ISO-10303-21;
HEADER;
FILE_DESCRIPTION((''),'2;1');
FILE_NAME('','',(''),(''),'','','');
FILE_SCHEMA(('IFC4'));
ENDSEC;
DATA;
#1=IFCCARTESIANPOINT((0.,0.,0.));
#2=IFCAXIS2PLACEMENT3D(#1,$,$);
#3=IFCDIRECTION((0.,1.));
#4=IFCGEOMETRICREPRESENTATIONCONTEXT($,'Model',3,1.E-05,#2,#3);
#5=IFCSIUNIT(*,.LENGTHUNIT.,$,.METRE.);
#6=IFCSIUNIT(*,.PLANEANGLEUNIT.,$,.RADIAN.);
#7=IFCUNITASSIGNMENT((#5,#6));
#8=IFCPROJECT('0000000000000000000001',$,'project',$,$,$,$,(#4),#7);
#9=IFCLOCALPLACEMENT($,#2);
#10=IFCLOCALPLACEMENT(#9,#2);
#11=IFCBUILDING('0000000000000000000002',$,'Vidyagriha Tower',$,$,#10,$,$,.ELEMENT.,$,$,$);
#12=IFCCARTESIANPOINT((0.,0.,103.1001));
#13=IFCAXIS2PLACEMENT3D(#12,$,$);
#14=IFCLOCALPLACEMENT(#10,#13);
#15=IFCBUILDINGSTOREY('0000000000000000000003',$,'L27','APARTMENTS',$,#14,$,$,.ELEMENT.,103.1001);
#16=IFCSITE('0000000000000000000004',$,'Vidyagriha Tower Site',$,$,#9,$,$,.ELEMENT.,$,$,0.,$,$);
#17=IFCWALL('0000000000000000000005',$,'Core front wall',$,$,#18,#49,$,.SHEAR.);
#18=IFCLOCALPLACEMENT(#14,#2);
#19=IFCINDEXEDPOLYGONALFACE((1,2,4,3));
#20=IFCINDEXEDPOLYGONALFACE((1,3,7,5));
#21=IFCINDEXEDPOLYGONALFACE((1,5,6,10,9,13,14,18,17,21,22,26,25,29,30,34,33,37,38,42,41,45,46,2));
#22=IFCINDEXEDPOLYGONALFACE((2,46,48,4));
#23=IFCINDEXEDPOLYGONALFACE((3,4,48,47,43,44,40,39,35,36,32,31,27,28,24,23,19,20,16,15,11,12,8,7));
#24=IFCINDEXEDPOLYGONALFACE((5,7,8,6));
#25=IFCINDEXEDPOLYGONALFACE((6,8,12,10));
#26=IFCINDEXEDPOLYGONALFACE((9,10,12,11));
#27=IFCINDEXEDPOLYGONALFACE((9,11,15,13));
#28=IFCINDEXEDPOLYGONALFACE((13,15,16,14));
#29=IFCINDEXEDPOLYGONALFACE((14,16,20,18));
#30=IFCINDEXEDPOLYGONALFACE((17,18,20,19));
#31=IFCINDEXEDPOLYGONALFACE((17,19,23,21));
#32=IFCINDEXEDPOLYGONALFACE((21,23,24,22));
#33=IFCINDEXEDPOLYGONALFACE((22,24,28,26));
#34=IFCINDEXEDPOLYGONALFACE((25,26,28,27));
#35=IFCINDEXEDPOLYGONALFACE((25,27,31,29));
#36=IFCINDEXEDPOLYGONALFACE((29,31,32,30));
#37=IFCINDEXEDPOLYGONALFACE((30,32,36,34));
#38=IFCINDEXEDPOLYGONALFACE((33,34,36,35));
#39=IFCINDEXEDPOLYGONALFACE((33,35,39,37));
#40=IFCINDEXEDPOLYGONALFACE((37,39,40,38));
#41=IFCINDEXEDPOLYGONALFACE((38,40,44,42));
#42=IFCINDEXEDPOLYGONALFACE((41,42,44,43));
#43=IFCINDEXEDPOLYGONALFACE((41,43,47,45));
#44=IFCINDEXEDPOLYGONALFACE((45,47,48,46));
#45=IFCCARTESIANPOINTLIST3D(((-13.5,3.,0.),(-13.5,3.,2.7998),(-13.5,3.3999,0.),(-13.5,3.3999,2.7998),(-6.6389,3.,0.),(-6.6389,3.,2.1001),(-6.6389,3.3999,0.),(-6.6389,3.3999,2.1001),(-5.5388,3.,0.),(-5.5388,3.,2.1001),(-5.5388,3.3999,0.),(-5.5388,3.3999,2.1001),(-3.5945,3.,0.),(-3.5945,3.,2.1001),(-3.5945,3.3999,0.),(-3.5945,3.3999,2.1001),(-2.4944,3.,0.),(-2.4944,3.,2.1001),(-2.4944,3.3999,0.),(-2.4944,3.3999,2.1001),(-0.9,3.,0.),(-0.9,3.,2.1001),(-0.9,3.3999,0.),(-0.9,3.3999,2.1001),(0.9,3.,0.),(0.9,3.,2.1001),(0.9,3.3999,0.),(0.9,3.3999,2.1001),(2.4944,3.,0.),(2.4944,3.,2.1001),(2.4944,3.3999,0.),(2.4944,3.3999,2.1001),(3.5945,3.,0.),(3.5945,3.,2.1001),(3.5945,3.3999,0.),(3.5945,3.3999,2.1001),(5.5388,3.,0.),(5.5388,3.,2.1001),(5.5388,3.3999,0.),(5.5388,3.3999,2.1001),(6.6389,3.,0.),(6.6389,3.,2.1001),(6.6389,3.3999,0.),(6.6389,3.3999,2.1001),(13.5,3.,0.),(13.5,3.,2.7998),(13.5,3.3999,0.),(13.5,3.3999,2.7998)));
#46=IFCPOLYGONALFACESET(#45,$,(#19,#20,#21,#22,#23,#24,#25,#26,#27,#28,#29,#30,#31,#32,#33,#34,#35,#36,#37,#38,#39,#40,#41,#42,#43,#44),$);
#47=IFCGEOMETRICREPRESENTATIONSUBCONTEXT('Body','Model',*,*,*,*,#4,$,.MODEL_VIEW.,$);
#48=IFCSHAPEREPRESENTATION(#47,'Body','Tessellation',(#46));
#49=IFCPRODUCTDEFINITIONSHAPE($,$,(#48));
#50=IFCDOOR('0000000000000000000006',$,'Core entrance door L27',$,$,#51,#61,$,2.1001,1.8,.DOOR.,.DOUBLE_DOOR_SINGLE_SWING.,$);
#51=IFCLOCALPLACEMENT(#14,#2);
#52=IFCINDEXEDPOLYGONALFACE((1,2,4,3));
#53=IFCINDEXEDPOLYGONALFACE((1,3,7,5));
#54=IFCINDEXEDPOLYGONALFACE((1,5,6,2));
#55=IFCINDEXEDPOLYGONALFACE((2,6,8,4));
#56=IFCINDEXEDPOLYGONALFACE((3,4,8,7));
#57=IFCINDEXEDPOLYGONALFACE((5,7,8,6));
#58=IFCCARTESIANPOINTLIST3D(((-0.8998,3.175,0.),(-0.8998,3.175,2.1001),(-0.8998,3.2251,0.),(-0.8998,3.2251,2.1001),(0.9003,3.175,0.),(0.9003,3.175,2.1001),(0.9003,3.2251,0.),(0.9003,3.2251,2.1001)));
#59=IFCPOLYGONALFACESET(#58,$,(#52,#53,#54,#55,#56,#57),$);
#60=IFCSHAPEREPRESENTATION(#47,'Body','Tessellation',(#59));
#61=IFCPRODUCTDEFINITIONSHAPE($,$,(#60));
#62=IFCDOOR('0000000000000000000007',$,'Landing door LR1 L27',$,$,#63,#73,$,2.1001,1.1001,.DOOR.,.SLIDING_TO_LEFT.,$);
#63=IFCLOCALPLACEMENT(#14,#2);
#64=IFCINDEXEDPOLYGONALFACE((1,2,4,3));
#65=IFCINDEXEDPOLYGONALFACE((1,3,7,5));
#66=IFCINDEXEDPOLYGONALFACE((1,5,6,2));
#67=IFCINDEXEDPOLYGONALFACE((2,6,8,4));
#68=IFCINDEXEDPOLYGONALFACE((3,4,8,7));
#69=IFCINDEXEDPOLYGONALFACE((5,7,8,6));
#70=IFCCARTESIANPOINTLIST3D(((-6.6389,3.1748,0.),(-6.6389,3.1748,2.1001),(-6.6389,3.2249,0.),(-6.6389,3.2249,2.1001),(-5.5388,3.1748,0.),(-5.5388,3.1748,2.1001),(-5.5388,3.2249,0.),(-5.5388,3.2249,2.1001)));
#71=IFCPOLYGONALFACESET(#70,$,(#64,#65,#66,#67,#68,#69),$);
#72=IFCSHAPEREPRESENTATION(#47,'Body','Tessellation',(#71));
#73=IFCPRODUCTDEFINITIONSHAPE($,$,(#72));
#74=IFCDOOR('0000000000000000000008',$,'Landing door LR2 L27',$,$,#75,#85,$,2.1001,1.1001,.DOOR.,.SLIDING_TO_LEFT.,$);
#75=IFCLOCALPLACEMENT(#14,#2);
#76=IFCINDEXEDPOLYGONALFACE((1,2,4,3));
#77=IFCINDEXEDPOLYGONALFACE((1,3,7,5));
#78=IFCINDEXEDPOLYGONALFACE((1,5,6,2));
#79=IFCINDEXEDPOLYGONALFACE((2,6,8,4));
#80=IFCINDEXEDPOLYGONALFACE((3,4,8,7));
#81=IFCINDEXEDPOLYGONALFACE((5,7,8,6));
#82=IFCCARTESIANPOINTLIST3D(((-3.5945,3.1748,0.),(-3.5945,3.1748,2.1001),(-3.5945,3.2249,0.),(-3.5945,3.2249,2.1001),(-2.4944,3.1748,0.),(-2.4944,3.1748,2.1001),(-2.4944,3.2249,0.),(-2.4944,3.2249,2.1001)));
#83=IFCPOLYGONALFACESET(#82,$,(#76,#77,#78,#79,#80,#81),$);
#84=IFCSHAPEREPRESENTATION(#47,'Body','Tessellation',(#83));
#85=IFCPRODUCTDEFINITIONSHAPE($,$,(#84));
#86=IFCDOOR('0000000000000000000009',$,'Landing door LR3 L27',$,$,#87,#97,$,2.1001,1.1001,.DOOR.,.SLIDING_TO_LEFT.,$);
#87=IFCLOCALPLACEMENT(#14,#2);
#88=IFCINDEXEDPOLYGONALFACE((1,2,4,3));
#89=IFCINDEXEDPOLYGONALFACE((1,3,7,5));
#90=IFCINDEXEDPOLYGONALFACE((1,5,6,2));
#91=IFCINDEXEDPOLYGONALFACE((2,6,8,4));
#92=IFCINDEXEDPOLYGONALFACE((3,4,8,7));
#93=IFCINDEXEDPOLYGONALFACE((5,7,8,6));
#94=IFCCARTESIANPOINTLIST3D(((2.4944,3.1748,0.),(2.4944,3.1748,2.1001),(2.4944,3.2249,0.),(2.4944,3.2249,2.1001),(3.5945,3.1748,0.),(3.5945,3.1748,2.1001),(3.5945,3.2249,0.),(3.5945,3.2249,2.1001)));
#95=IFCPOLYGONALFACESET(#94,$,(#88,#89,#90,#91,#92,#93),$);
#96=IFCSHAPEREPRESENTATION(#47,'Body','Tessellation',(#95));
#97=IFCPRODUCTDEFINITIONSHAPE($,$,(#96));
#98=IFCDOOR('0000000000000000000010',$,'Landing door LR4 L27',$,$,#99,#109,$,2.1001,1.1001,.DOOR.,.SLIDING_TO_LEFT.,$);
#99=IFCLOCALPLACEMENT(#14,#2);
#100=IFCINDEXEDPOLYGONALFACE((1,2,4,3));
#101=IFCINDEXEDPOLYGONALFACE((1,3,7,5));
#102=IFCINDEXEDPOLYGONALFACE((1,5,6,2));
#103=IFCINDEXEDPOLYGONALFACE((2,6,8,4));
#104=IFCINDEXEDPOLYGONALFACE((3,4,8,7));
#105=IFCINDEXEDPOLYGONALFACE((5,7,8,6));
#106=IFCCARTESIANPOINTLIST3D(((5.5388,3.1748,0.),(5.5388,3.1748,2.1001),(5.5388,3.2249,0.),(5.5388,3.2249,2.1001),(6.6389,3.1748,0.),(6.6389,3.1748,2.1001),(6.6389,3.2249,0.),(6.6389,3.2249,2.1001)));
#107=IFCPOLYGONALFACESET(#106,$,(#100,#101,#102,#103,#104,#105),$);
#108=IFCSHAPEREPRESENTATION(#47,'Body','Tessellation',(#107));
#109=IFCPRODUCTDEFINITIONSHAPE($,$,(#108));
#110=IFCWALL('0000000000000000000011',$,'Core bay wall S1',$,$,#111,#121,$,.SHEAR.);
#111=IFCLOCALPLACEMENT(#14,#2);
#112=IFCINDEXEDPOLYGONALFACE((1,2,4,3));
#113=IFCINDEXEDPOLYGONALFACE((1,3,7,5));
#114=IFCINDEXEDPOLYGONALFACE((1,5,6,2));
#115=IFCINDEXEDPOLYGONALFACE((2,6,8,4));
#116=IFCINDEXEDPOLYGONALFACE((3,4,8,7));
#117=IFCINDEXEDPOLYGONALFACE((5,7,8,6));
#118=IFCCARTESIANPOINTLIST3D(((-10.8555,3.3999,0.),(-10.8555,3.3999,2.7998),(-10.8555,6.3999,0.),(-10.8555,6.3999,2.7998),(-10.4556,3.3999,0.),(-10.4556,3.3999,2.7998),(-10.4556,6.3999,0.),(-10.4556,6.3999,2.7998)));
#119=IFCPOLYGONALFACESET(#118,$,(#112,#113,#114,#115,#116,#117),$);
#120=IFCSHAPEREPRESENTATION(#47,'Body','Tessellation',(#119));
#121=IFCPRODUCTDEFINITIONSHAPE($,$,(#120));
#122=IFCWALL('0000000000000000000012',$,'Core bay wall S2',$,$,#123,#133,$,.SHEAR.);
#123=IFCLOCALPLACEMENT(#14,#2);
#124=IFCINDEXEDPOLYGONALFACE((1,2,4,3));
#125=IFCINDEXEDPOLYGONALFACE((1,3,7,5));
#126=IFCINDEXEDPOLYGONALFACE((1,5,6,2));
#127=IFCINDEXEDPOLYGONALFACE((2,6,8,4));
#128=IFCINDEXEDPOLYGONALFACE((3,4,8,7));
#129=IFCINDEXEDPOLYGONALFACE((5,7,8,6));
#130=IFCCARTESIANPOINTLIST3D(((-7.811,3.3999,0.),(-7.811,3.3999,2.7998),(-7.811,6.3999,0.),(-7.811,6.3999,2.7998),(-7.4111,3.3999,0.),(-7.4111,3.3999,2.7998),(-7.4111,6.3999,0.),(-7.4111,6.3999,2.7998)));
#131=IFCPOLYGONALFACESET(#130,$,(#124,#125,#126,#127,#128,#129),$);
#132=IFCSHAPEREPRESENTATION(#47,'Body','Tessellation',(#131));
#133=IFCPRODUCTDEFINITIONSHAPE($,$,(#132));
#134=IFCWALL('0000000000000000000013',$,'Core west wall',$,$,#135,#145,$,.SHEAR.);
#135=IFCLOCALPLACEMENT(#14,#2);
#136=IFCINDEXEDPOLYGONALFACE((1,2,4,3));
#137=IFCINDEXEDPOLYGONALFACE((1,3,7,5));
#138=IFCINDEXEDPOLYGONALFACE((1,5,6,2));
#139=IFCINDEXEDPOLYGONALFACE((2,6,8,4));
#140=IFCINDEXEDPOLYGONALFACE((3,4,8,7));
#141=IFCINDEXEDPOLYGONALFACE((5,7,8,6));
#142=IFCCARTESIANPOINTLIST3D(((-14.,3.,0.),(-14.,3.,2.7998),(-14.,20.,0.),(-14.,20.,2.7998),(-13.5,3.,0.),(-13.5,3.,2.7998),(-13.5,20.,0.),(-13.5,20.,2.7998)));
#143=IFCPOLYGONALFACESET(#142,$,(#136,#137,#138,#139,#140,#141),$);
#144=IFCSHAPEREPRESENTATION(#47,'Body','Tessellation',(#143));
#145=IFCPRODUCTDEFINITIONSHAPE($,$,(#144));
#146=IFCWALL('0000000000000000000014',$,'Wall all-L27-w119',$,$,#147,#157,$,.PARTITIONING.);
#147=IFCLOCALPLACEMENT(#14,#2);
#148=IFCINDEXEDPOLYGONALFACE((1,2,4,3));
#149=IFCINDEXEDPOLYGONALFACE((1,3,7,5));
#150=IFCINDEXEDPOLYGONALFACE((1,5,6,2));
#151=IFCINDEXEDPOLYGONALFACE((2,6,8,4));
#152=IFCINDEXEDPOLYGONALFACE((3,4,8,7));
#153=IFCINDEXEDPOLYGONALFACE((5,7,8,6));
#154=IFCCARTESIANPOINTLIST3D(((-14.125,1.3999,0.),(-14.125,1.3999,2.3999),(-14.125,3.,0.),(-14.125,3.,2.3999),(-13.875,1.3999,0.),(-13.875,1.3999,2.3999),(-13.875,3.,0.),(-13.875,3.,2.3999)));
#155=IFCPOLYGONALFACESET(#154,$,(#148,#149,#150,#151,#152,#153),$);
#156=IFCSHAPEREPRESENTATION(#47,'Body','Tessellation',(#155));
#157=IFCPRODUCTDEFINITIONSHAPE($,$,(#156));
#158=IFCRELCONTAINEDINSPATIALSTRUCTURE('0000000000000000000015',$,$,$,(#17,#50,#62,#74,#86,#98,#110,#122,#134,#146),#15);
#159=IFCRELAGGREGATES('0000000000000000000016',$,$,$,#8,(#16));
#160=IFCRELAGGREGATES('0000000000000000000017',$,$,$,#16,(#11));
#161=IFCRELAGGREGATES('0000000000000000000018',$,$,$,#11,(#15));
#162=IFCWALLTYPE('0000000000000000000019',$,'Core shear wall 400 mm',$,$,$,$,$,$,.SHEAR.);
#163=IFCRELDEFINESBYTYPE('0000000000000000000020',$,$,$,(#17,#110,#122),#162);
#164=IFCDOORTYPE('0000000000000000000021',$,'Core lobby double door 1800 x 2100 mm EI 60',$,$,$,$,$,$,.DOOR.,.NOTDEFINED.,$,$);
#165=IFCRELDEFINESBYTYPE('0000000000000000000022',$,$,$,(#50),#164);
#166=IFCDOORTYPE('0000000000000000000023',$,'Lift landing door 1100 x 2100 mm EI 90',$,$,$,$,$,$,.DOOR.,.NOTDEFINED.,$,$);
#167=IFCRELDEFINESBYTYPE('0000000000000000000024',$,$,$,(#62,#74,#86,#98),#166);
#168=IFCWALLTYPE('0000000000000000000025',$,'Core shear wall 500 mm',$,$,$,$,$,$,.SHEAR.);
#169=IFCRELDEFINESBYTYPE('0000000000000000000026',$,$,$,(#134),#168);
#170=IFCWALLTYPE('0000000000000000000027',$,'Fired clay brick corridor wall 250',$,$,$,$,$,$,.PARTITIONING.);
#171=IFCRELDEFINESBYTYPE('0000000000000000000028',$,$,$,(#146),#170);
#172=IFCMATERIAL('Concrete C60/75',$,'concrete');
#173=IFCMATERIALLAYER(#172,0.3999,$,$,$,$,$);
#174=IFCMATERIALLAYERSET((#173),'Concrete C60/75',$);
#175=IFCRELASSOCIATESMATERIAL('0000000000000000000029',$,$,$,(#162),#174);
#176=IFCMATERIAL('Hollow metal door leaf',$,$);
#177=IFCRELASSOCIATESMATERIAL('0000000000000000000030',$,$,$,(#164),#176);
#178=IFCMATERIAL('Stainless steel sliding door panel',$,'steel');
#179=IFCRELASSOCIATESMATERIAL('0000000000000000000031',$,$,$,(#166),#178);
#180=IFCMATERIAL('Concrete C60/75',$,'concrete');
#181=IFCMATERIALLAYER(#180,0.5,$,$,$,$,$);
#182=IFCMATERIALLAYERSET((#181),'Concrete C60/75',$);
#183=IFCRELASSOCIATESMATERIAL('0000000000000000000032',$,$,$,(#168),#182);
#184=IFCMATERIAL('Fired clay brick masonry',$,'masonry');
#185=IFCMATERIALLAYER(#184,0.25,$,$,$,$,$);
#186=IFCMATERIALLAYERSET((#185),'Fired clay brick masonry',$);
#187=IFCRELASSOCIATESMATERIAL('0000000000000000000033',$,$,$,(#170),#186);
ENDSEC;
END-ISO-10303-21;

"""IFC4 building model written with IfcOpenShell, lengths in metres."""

from ifc_helpers import new_model, si_unit, direction, frame, frame_2d, origin, place, context, subcontext, project, spatial, rectangle, extrude, material, layer, layer_set, type_object, element, fill, save


model = new_model("IFC4")

# Units and contexts
model_context = context("Model", 3, precision=1e-05, world=origin(), true_north=direction((0.0, 1.0)))
body_context = subcontext(model_context, "Body", "Model", "MODEL_VIEW")
ifc_project = project(units=[si_unit("LENGTHUNIT", "METRE"), si_unit("PLANEANGLEUNIT", "RADIAN")], contexts=[model_context])

# Site, building, storey
site_placement = place(None, origin())
site = spatial("IfcSite", under=ifc_project, at=site_placement, Name="Vidyagriha Tower Site", CompositionType="ELEMENT", RefElevation=0.0)
building_placement = place(site_placement, origin())
building = spatial("IfcBuilding", under=site, at=building_placement, Name="Vidyagriha Tower", CompositionType="ELEMENT")
storey_placement = place(building_placement, frame((0.0, 0.0, 103.1001)))
storey = spatial("IfcBuildingStorey", under=building, at=storey_placement, Name="L27", Description="APARTMENTS", CompositionType="ELEMENT", Elevation=103.1001)

# Wall, openings, doors
ifc_material_1 = material(Name="Concrete C60/75", Category="concrete")
ifc_layer_1 = layer(ifc_material_1, 0.3999)
ifc_layer_set_1 = layer_set([ifc_layer_1], Name="Concrete C60/75")
wall_type_1 = type_object("IfcWallType", Name="Core shear wall 400 mm", PredefinedType="SHEAR", material=ifc_layer_set_1)
wall_1_placement = place(storey_placement, frame((-13.5, 3.2, 0.0)))
wall_1 = element("IfcWall", 1, at=wall_1_placement, inside=storey, type_object=wall_type_1, Name="Core front wall", PredefinedType="SHEAR", context=body_context, shape_type="SweptSolid", body=[
    extrude(rectangle(XDim=27.0, YDim=0.3999, at=frame_2d((13.5, 0.0))), origin(), (0.0, 0.0, 1.0), 2.7998),
])
opening_1_placement = place(wall_1_placement, frame((6.8611, 0.0, 0.0)))
opening_1 = element("IfcOpeningElement", 2, at=opening_1_placement, cuts=wall_1, PredefinedType="OPENING", context=body_context, shape_type="SweptSolid", body=[
    extrude(rectangle(XDim=1.1001, YDim=2.1001, at=frame_2d((0.55, 1.05))), frame((0.0, 0.21, 0.0), z_axis=(0.0, -1.0, 0.0), x_axis=(1.0, 0.0, 0.0)), (0.0, 0.0, 1.0), 0.4199),
])
opening_2_placement = place(wall_1_placement, frame((9.9055, 0.0, 0.0)))
opening_2 = element("IfcOpeningElement", 3, at=opening_2_placement, cuts=wall_1, PredefinedType="OPENING", context=body_context, shape_type="SweptSolid", body=[
    extrude(rectangle(XDim=1.1001, YDim=2.1001, at=frame_2d((0.55, 1.05))), frame((0.0, 0.21, 0.0), z_axis=(0.0, -1.0, 0.0), x_axis=(1.0, 0.0, 0.0)), (0.0, 0.0, 1.0), 0.4199),
])
opening_3_placement = place(wall_1_placement, frame((15.9944, 0.0, 0.0)))
opening_3 = element("IfcOpeningElement", 4, at=opening_3_placement, cuts=wall_1, PredefinedType="OPENING", context=body_context, shape_type="SweptSolid", body=[
    extrude(rectangle(XDim=1.1001, YDim=2.1001, at=frame_2d((0.55, 1.05))), frame((0.0, 0.21, 0.0), z_axis=(0.0, -1.0, 0.0), x_axis=(1.0, 0.0, 0.0)), (0.0, 0.0, 1.0), 0.4199),
])
opening_4_placement = place(wall_1_placement, frame((19.0388, 0.0, 0.0)))
opening_4 = element("IfcOpeningElement", 5, at=opening_4_placement, cuts=wall_1, PredefinedType="OPENING", context=body_context, shape_type="SweptSolid", body=[
    extrude(rectangle(XDim=1.1001, YDim=2.1001, at=frame_2d((0.55, 1.05))), frame((0.0, 0.21, 0.0), z_axis=(0.0, -1.0, 0.0), x_axis=(1.0, 0.0, 0.0)), (0.0, 0.0, 1.0), 0.4199),
])
opening_5_placement = place(wall_1_placement, frame((12.6001, 0.0, 0.0)))
opening_5 = element("IfcOpeningElement", 6, at=opening_5_placement, cuts=wall_1, PredefinedType="OPENING", context=body_context, shape_type="SweptSolid", body=[
    extrude(rectangle(XDim=1.8, YDim=2.1001, at=frame_2d((0.8999, 1.05))), frame((0.0, 0.21, 0.0), z_axis=(0.0, -1.0, 0.0), x_axis=(1.0, 0.0, 0.0)), (0.0, 0.0, 1.0), 0.4199),
])
ifc_material_2 = material(Name="Hollow metal door leaf")
door_type_1 = type_object("IfcDoorType", Name="Core lobby double door 1800 x 2100 mm EI 60", OperationType="NOTDEFINED", PredefinedType="DOOR", material=ifc_material_2)
door_1_placement = place(opening_5_placement, frame((1.8, 0.0, 0.0), z_axis=(0.0, 0.0, 1.0), x_axis=(-1.0, 0.0, 0.0)))
door_1 = element("IfcDoor", 7, at=door_1_placement, inside=storey, type_object=door_type_1, Name="Core entrance door L27", OperationType="DOUBLE_DOOR_SINGLE_SWING", OverallHeight=2.1001, OverallWidth=1.8, PredefinedType="DOOR", context=body_context, shape_type="SweptSolid", body=[
    extrude(rectangle(XDim=1.8, YDim=2.1001, at=frame_2d((0.8999, 1.05))), frame((0.0, 0.0249, 0.0), z_axis=(0.0, -1.0, 0.0), x_axis=(1.0, 0.0, 0.0)), (0.0, 0.0, 1.0), 0.05),
])
fill(opening_5, door_1)
ifc_material_3 = material(Name="Stainless steel sliding door panel", Category="steel")
door_type_2 = type_object("IfcDoorType", Name="Lift landing door 1100 x 2100 mm EI 90", OperationType="NOTDEFINED", PredefinedType="DOOR", material=ifc_material_3)
door_2_placement = place(opening_1_placement, origin())
door_2 = element("IfcDoor", 8, at=door_2_placement, inside=storey, type_object=door_type_2, Name="Landing door LR1 L27", OperationType="SLIDING_TO_LEFT", OverallHeight=2.1001, OverallWidth=1.1001, PredefinedType="DOOR", context=body_context, shape_type="SweptSolid", body=[
    extrude(rectangle(XDim=1.1001, YDim=2.1001, at=frame_2d((0.55, 1.05))), frame((0.0, 0.0249, 0.0), z_axis=(0.0, -1.0, 0.0), x_axis=(1.0, 0.0, 0.0)), (0.0, 0.0, 1.0), 0.05),
])
fill(opening_1, door_2)
door_3_placement = place(opening_2_placement, origin())
door_3 = element("IfcDoor", 9, at=door_3_placement, inside=storey, type_object=door_type_2, Name="Landing door LR2 L27", OperationType="SLIDING_TO_LEFT", OverallHeight=2.1001, OverallWidth=1.1001, PredefinedType="DOOR", context=body_context, shape_type="SweptSolid", body=[
    extrude(rectangle(XDim=1.1001, YDim=2.1001, at=frame_2d((0.55, 1.05))), frame((0.0, 0.0249, 0.0), z_axis=(0.0, -1.0, 0.0), x_axis=(1.0, 0.0, 0.0)), (0.0, 0.0, 1.0), 0.05),
])
fill(opening_2, door_3)
door_4_placement = place(opening_3_placement, origin())
door_4 = element("IfcDoor", 10, at=door_4_placement, inside=storey, type_object=door_type_2, Name="Landing door LR3 L27", OperationType="SLIDING_TO_LEFT", OverallHeight=2.1001, OverallWidth=1.1001, PredefinedType="DOOR", context=body_context, shape_type="SweptSolid", body=[
    extrude(rectangle(XDim=1.1001, YDim=2.1001, at=frame_2d((0.55, 1.05))), frame((0.0, 0.0249, 0.0), z_axis=(0.0, -1.0, 0.0), x_axis=(1.0, 0.0, 0.0)), (0.0, 0.0, 1.0), 0.05),
])
fill(opening_3, door_4)
door_5_placement = place(opening_4_placement, origin())
door_5 = element("IfcDoor", 11, at=door_5_placement, inside=storey, type_object=door_type_2, Name="Landing door LR4 L27", OperationType="SLIDING_TO_LEFT", OverallHeight=2.1001, OverallWidth=1.1001, PredefinedType="DOOR", context=body_context, shape_type="SweptSolid", body=[
    extrude(rectangle(XDim=1.1001, YDim=2.1001, at=frame_2d((0.55, 1.05))), frame((0.0, 0.0249, 0.0), z_axis=(0.0, -1.0, 0.0), x_axis=(1.0, 0.0, 0.0)), (0.0, 0.0, 1.0), 0.05),
])
fill(opening_4, door_5)

# Walls
for number, where, z_axis, x_axis, name in (
    (12, (-10.6555, 3.3999, 0.0), (0.0, 0.0, 1.0), (0.0, 1.0, 0.0), "Core bay wall S1"),
    (13, (-7.6111, 3.3999, 0.0), (0.0, 0.0, 1.0), (0.0, 1.0, 0.0), "Core bay wall S2"),
):
    element("IfcWall", number, at=place(storey_placement, frame(where, z_axis=z_axis, x_axis=x_axis)), inside=storey, type_object=wall_type_1, Name=name, PredefinedType="SHEAR", context=body_context, shape_type="SweptSolid", body=[
        extrude(rectangle(XDim=3.0, YDim=0.3999, at=frame_2d((1.5, 0.0))), origin(), (0.0, 0.0, 1.0), 2.7998),
    ])
ifc_material_4 = material(Name="Concrete C60/75", Category="concrete")
ifc_layer_2 = layer(ifc_material_4, 0.5)
ifc_layer_set_2 = layer_set([ifc_layer_2], Name="Concrete C60/75")
wall_type_2 = type_object("IfcWallType", Name="Core shear wall 500 mm", PredefinedType="SHEAR", material=ifc_layer_set_2)
wall_2_placement = place(storey_placement, frame((-13.75, 3.0, 0.0), z_axis=(0.0, 0.0, 1.0), x_axis=(0.0, 1.0, 0.0)))
element("IfcWall", 14, at=wall_2_placement, inside=storey, type_object=wall_type_2, Name="Core west wall", PredefinedType="SHEAR", context=body_context, shape_type="SweptSolid", body=[
    extrude(rectangle(XDim=17.0, YDim=0.5, at=frame_2d((8.5, 0.0))), origin(), (0.0, 0.0, 1.0), 2.7998),
])
ifc_material_5 = material(Name="Fired clay brick masonry", Category="masonry")
ifc_layer_3 = layer(ifc_material_5, 0.25)
ifc_layer_set_3 = layer_set([ifc_layer_3], Name="Fired clay brick masonry")
wall_type_3 = type_object("IfcWallType", Name="Fired clay brick corridor wall 250", PredefinedType="PARTITIONING", material=ifc_layer_set_3)
wall_3_placement = place(storey_placement, frame((-14.0, 3.0, 0.0), z_axis=(0.0, 0.0, 1.0), x_axis=(0.0, -1.0, 0.0)))
element("IfcWall", 15, at=wall_3_placement, inside=storey, type_object=wall_type_3, Name="Wall all-L27-w119", PredefinedType="PARTITIONING", context=body_context, shape_type="SweptSolid", body=[
    extrude(rectangle(XDim=1.6001, YDim=0.25, at=frame_2d((0.8, 0.0))), origin(), (0.0, 0.0, 1.0), 2.3999),
])

save(model, "model.ifc")
